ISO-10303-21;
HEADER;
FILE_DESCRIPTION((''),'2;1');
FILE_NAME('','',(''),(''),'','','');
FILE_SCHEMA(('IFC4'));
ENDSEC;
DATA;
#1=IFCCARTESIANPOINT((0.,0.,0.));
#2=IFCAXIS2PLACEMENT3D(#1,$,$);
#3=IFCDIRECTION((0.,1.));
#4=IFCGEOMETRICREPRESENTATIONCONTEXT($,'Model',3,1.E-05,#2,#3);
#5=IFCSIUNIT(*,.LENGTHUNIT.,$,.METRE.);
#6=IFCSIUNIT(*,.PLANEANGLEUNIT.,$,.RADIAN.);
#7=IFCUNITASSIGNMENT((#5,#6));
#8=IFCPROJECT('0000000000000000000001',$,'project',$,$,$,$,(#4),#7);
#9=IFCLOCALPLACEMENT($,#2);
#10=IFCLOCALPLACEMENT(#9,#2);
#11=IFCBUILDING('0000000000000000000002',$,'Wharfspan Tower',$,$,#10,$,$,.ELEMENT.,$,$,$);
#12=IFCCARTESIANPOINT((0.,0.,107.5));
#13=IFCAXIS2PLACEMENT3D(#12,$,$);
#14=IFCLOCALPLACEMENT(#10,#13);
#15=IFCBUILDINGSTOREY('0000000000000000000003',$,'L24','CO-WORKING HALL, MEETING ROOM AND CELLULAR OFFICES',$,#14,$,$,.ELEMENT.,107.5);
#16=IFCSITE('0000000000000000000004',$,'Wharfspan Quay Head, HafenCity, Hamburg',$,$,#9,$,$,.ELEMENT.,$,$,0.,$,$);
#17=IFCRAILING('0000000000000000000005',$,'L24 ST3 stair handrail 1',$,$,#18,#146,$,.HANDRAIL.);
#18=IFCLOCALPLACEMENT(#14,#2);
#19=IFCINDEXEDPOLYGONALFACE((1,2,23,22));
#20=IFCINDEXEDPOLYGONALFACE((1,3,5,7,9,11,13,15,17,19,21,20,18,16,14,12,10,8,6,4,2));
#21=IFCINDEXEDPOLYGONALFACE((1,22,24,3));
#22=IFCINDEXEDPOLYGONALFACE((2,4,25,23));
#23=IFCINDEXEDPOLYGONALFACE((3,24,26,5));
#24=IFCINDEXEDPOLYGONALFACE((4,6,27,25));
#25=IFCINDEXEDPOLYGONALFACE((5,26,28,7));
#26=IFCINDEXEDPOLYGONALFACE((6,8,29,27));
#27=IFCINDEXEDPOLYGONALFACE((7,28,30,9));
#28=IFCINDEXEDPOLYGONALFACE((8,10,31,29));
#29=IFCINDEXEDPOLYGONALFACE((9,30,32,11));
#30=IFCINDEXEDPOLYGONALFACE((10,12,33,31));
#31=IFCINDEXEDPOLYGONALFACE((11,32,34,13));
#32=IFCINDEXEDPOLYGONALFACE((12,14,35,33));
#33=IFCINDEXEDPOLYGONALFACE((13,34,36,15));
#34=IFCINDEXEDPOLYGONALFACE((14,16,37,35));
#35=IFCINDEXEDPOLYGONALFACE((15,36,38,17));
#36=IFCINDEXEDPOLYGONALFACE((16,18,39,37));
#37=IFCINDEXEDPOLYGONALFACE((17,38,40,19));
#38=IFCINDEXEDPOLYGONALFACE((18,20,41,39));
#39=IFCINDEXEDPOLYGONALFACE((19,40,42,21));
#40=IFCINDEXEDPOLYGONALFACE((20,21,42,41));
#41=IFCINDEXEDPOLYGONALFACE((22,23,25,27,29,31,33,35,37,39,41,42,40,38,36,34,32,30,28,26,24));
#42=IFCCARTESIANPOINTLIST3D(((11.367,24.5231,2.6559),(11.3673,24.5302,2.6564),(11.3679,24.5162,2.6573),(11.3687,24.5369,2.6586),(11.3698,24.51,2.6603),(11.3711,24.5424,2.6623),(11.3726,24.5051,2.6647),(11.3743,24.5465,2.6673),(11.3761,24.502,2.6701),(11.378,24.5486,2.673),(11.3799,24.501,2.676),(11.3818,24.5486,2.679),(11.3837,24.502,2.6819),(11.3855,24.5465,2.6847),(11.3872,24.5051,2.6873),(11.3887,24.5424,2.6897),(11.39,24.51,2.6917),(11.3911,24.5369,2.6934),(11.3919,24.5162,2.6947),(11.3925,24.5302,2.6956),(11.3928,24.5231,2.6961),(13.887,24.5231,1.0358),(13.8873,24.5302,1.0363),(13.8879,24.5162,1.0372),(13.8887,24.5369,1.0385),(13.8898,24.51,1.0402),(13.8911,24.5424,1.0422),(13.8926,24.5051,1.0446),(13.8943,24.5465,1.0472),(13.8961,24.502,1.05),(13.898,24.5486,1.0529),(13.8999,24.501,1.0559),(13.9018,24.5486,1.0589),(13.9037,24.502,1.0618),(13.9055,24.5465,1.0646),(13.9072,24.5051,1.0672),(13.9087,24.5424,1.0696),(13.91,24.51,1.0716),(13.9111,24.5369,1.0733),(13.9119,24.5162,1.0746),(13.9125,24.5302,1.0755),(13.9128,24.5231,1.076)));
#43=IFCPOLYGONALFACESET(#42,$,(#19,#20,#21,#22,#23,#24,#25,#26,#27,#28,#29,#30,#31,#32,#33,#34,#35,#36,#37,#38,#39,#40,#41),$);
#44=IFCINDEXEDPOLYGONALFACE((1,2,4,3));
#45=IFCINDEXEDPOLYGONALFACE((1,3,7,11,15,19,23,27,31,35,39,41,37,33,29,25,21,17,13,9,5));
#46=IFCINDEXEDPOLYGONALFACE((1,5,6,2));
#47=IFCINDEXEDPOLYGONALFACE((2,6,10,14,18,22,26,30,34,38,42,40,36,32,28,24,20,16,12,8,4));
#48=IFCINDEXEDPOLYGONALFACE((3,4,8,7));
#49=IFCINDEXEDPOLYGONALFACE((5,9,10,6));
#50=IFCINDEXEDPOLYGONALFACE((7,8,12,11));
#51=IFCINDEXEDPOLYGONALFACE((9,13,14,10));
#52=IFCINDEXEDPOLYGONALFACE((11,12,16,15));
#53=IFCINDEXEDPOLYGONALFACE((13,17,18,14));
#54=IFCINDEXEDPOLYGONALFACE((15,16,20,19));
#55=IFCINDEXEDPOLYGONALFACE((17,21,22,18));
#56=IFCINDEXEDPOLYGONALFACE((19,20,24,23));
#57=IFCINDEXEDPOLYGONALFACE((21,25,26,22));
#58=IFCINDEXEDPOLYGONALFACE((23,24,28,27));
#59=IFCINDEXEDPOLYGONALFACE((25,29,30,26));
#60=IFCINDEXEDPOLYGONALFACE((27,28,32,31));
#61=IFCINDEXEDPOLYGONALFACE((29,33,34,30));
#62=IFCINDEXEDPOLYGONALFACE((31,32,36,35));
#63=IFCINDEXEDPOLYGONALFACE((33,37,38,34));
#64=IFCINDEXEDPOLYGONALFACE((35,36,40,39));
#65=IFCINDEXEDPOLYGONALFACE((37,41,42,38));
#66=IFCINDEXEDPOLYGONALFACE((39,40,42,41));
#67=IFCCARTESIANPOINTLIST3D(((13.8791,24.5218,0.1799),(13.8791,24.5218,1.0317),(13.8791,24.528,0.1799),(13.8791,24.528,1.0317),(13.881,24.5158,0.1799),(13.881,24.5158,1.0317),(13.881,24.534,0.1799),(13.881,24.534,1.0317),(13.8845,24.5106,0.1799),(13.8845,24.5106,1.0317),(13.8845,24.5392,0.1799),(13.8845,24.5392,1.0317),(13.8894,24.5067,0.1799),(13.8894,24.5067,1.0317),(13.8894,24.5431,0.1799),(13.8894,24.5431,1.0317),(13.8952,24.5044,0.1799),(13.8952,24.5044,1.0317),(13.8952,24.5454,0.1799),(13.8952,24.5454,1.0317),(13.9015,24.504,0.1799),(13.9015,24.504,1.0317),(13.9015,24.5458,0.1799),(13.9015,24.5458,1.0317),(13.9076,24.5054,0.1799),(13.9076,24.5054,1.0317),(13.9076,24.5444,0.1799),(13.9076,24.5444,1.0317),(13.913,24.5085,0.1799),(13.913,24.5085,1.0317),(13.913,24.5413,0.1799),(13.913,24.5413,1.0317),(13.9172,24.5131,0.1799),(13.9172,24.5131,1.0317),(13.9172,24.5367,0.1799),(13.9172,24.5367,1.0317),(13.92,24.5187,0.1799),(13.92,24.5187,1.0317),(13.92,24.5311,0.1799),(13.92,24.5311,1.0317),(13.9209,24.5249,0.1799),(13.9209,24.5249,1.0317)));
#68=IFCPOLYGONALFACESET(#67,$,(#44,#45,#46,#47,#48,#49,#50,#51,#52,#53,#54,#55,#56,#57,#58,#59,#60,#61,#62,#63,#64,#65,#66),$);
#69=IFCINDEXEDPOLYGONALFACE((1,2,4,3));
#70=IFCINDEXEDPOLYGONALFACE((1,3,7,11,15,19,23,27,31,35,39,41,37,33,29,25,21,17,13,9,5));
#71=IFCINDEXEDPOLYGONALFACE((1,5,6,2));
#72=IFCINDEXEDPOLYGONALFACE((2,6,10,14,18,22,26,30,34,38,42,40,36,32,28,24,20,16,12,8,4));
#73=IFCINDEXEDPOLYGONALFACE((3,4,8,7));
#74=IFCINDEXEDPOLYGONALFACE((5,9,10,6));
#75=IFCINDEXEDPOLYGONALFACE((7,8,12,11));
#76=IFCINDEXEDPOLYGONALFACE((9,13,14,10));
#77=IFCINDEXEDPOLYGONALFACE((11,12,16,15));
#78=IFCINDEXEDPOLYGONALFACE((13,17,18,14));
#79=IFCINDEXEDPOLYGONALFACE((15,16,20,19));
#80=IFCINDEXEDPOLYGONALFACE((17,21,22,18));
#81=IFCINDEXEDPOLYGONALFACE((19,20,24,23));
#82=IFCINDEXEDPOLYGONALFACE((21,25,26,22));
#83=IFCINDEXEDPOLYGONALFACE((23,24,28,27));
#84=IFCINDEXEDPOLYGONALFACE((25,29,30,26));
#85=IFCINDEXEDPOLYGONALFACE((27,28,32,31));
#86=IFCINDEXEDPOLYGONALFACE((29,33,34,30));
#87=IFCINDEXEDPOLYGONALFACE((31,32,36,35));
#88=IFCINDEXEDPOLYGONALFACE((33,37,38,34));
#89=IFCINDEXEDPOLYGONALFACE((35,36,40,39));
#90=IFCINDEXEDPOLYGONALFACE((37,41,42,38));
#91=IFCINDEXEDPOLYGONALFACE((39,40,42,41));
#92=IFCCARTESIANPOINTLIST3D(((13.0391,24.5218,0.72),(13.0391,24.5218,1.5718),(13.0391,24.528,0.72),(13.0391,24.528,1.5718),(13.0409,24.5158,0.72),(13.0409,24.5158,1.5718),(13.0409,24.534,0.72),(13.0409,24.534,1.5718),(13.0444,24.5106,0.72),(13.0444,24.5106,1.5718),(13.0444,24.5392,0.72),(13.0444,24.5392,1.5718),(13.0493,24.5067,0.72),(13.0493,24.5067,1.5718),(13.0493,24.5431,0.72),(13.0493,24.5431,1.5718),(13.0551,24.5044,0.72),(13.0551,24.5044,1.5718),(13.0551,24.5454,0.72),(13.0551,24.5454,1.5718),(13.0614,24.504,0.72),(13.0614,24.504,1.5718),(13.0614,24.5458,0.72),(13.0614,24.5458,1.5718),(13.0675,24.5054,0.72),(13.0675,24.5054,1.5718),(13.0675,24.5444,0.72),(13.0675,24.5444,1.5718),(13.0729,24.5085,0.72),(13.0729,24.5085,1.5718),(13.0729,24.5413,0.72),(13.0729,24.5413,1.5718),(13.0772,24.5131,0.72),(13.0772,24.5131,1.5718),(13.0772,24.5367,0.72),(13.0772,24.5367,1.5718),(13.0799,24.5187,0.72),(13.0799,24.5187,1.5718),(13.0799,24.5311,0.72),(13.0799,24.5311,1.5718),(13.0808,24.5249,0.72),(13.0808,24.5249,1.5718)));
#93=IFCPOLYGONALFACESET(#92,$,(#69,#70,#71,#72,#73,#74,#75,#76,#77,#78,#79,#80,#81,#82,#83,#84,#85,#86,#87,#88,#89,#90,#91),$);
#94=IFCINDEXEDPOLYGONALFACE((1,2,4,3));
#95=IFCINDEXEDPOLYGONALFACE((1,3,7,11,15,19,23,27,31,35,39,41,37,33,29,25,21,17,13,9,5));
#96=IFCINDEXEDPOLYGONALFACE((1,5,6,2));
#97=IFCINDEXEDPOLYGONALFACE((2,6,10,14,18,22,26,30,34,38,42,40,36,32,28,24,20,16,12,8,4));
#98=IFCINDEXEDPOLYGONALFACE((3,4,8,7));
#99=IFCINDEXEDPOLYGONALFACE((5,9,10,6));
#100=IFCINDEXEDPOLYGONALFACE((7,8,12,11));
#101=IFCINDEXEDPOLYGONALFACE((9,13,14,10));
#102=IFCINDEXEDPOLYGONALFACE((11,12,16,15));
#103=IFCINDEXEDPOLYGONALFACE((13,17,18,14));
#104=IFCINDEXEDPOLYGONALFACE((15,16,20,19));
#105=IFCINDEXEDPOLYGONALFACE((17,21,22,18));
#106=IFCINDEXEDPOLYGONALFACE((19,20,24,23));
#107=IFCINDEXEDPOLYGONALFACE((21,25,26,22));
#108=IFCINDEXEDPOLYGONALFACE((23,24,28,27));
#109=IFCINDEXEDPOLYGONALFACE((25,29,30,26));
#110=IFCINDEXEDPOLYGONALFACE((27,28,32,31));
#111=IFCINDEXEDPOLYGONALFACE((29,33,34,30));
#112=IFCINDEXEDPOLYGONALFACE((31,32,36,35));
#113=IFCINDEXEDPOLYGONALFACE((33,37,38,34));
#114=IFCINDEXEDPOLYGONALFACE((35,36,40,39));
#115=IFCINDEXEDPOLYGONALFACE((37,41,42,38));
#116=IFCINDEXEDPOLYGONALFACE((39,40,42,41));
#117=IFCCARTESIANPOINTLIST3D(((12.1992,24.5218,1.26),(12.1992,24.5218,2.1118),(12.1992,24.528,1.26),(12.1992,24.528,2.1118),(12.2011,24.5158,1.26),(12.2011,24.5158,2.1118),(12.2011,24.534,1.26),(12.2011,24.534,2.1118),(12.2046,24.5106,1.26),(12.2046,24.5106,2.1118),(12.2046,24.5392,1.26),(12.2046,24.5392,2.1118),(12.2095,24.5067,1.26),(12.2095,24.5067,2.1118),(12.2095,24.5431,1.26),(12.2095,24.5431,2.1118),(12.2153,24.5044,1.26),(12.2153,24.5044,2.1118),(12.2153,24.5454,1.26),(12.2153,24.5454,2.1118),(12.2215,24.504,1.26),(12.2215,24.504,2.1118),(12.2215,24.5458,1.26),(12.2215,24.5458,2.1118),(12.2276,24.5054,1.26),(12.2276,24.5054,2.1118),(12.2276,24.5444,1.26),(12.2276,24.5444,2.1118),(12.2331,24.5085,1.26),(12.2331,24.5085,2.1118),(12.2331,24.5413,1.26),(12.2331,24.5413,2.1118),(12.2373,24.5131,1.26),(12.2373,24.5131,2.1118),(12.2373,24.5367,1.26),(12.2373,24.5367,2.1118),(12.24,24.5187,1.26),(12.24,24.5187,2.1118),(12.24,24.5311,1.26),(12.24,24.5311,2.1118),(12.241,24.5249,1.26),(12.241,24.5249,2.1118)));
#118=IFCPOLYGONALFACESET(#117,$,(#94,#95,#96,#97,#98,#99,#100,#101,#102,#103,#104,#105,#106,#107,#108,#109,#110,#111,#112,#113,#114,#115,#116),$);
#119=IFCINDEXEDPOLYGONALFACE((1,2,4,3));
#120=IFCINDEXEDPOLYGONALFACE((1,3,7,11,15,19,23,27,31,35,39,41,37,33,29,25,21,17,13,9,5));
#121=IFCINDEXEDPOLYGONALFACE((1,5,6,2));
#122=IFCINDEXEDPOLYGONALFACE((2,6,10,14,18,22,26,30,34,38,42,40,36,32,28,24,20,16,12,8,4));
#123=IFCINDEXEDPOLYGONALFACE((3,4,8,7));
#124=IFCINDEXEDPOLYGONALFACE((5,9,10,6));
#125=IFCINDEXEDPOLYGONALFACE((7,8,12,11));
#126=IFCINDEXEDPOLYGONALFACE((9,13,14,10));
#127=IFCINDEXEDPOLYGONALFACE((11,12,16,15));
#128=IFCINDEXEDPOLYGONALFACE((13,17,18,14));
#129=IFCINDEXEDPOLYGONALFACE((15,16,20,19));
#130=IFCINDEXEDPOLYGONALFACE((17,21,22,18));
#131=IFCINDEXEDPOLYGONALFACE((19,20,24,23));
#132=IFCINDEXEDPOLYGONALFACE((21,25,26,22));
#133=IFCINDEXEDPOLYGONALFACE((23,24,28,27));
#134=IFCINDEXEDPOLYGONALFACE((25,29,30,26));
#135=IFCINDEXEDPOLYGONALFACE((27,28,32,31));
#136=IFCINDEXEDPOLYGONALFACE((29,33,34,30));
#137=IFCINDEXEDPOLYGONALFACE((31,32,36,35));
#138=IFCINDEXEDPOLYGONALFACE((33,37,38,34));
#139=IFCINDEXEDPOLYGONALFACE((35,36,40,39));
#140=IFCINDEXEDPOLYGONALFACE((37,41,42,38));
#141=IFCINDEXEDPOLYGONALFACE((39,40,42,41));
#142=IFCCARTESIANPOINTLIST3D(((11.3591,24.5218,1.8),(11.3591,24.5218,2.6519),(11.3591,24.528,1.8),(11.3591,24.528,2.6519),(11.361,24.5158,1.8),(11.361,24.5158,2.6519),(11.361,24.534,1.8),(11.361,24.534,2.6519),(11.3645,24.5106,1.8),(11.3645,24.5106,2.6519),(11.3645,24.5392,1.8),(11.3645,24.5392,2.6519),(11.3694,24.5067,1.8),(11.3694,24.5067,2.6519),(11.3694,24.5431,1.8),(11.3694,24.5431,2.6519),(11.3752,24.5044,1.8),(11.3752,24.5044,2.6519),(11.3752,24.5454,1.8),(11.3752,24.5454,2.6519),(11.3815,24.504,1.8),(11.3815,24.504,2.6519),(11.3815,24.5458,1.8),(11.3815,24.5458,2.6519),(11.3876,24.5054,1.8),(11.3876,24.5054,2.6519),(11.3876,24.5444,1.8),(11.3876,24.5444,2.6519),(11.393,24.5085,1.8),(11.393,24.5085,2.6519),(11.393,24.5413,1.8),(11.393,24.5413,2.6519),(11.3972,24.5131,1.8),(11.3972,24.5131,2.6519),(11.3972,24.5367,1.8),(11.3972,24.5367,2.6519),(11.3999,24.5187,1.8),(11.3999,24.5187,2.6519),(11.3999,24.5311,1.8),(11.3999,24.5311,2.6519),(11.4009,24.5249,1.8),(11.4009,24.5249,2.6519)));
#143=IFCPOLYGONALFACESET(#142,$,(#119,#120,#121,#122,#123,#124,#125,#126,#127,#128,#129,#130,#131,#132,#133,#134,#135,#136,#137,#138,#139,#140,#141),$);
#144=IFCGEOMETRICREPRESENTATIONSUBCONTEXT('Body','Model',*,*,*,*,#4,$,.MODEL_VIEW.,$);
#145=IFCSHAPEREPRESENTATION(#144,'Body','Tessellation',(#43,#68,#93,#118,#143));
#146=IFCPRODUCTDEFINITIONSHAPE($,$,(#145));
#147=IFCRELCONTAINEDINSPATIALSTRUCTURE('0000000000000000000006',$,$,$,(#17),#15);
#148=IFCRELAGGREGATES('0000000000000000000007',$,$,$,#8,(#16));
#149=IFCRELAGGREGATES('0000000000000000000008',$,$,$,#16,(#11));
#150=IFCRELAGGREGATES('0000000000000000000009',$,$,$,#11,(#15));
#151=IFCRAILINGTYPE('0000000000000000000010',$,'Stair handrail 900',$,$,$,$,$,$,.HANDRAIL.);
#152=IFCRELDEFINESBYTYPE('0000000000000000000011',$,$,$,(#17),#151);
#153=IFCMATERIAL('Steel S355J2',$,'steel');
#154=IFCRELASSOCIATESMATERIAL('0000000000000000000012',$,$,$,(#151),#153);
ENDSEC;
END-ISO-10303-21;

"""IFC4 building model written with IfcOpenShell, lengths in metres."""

from ifc_helpers import new_model, si_unit, direction, frame, origin, origin_2d, place, context, subcontext, project, spatial, circle, extrude, material, type_object, element, save


model = new_model("IFC4")

# Units and contexts
model_context = context("Model", 3, precision=1e-05, world=origin(), true_north=direction((0.0, 1.0)))
body_context = subcontext(model_context, "Body", "Model", "MODEL_VIEW")
ifc_project = project(units=[si_unit("LENGTHUNIT", "METRE"), si_unit("PLANEANGLEUNIT", "RADIAN")], contexts=[model_context])

# Site, building, storey
site_placement = place(None, origin())
site = spatial("IfcSite", under=ifc_project, at=site_placement, Name="Wharfspan Quay Head, HafenCity, Hamburg", CompositionType="ELEMENT", RefElevation=0.0)
building_placement = place(site_placement, origin())
building = spatial("IfcBuilding", under=site, at=building_placement, Name="Wharfspan Tower", CompositionType="ELEMENT")
storey_placement = place(building_placement, frame((0.0, 0.0, 107.5)))
storey = spatial("IfcBuildingStorey", under=building, at=storey_placement, Name="L24", Description="CO-WORKING HALL, MEETING ROOM AND CELLULAR OFFICES", CompositionType="ELEMENT", Elevation=107.5)

# Shared definitions
ifc_material_1 = material(Name="Steel S355J2", Category="steel")

# Railing
railing_type_1 = type_object("IfcRailingType", Name="Stair handrail 900", PredefinedType="HANDRAIL", material=ifc_material_1)
railing_1_placement = place(storey_placement, frame((13.8999, 24.5249, 0.1799)))
element("IfcRailing", 1, at=railing_1_placement, inside=storey, type_object=railing_type_1, Name="L24 ST3 stair handrail 1", PredefinedType="HANDRAIL", context=body_context, shape_type="SweptSolid", body=[
    extrude(circle(Radius=0.0239, at=origin_2d()), frame((0.0, 0.0, 0.876), z_axis=(-0.841163, 0.0, 0.540782), x_axis=(0.0, -1.0, 0.0)), (0.0, 0.0, 1.0), 2.9958),
    extrude(circle(Radius=0.021, at=origin_2d()), origin(), (0.0, 0.0, 1.0), 0.8518),
    extrude(circle(Radius=0.021, at=origin_2d()), frame((-0.8401, 0.0, 0.54)), (0.0, 0.0, 1.0), 0.8518),
    extrude(circle(Radius=0.021, at=origin_2d()), frame((-1.6799, 0.0, 1.0801)), (0.0, 0.0, 1.0), 0.8518),
    extrude(circle(Radius=0.021, at=origin_2d()), frame((-2.52, 0.0, 1.6201)), (0.0, 0.0, 1.0), 0.8518),
])

save(model, "model.ifc")
